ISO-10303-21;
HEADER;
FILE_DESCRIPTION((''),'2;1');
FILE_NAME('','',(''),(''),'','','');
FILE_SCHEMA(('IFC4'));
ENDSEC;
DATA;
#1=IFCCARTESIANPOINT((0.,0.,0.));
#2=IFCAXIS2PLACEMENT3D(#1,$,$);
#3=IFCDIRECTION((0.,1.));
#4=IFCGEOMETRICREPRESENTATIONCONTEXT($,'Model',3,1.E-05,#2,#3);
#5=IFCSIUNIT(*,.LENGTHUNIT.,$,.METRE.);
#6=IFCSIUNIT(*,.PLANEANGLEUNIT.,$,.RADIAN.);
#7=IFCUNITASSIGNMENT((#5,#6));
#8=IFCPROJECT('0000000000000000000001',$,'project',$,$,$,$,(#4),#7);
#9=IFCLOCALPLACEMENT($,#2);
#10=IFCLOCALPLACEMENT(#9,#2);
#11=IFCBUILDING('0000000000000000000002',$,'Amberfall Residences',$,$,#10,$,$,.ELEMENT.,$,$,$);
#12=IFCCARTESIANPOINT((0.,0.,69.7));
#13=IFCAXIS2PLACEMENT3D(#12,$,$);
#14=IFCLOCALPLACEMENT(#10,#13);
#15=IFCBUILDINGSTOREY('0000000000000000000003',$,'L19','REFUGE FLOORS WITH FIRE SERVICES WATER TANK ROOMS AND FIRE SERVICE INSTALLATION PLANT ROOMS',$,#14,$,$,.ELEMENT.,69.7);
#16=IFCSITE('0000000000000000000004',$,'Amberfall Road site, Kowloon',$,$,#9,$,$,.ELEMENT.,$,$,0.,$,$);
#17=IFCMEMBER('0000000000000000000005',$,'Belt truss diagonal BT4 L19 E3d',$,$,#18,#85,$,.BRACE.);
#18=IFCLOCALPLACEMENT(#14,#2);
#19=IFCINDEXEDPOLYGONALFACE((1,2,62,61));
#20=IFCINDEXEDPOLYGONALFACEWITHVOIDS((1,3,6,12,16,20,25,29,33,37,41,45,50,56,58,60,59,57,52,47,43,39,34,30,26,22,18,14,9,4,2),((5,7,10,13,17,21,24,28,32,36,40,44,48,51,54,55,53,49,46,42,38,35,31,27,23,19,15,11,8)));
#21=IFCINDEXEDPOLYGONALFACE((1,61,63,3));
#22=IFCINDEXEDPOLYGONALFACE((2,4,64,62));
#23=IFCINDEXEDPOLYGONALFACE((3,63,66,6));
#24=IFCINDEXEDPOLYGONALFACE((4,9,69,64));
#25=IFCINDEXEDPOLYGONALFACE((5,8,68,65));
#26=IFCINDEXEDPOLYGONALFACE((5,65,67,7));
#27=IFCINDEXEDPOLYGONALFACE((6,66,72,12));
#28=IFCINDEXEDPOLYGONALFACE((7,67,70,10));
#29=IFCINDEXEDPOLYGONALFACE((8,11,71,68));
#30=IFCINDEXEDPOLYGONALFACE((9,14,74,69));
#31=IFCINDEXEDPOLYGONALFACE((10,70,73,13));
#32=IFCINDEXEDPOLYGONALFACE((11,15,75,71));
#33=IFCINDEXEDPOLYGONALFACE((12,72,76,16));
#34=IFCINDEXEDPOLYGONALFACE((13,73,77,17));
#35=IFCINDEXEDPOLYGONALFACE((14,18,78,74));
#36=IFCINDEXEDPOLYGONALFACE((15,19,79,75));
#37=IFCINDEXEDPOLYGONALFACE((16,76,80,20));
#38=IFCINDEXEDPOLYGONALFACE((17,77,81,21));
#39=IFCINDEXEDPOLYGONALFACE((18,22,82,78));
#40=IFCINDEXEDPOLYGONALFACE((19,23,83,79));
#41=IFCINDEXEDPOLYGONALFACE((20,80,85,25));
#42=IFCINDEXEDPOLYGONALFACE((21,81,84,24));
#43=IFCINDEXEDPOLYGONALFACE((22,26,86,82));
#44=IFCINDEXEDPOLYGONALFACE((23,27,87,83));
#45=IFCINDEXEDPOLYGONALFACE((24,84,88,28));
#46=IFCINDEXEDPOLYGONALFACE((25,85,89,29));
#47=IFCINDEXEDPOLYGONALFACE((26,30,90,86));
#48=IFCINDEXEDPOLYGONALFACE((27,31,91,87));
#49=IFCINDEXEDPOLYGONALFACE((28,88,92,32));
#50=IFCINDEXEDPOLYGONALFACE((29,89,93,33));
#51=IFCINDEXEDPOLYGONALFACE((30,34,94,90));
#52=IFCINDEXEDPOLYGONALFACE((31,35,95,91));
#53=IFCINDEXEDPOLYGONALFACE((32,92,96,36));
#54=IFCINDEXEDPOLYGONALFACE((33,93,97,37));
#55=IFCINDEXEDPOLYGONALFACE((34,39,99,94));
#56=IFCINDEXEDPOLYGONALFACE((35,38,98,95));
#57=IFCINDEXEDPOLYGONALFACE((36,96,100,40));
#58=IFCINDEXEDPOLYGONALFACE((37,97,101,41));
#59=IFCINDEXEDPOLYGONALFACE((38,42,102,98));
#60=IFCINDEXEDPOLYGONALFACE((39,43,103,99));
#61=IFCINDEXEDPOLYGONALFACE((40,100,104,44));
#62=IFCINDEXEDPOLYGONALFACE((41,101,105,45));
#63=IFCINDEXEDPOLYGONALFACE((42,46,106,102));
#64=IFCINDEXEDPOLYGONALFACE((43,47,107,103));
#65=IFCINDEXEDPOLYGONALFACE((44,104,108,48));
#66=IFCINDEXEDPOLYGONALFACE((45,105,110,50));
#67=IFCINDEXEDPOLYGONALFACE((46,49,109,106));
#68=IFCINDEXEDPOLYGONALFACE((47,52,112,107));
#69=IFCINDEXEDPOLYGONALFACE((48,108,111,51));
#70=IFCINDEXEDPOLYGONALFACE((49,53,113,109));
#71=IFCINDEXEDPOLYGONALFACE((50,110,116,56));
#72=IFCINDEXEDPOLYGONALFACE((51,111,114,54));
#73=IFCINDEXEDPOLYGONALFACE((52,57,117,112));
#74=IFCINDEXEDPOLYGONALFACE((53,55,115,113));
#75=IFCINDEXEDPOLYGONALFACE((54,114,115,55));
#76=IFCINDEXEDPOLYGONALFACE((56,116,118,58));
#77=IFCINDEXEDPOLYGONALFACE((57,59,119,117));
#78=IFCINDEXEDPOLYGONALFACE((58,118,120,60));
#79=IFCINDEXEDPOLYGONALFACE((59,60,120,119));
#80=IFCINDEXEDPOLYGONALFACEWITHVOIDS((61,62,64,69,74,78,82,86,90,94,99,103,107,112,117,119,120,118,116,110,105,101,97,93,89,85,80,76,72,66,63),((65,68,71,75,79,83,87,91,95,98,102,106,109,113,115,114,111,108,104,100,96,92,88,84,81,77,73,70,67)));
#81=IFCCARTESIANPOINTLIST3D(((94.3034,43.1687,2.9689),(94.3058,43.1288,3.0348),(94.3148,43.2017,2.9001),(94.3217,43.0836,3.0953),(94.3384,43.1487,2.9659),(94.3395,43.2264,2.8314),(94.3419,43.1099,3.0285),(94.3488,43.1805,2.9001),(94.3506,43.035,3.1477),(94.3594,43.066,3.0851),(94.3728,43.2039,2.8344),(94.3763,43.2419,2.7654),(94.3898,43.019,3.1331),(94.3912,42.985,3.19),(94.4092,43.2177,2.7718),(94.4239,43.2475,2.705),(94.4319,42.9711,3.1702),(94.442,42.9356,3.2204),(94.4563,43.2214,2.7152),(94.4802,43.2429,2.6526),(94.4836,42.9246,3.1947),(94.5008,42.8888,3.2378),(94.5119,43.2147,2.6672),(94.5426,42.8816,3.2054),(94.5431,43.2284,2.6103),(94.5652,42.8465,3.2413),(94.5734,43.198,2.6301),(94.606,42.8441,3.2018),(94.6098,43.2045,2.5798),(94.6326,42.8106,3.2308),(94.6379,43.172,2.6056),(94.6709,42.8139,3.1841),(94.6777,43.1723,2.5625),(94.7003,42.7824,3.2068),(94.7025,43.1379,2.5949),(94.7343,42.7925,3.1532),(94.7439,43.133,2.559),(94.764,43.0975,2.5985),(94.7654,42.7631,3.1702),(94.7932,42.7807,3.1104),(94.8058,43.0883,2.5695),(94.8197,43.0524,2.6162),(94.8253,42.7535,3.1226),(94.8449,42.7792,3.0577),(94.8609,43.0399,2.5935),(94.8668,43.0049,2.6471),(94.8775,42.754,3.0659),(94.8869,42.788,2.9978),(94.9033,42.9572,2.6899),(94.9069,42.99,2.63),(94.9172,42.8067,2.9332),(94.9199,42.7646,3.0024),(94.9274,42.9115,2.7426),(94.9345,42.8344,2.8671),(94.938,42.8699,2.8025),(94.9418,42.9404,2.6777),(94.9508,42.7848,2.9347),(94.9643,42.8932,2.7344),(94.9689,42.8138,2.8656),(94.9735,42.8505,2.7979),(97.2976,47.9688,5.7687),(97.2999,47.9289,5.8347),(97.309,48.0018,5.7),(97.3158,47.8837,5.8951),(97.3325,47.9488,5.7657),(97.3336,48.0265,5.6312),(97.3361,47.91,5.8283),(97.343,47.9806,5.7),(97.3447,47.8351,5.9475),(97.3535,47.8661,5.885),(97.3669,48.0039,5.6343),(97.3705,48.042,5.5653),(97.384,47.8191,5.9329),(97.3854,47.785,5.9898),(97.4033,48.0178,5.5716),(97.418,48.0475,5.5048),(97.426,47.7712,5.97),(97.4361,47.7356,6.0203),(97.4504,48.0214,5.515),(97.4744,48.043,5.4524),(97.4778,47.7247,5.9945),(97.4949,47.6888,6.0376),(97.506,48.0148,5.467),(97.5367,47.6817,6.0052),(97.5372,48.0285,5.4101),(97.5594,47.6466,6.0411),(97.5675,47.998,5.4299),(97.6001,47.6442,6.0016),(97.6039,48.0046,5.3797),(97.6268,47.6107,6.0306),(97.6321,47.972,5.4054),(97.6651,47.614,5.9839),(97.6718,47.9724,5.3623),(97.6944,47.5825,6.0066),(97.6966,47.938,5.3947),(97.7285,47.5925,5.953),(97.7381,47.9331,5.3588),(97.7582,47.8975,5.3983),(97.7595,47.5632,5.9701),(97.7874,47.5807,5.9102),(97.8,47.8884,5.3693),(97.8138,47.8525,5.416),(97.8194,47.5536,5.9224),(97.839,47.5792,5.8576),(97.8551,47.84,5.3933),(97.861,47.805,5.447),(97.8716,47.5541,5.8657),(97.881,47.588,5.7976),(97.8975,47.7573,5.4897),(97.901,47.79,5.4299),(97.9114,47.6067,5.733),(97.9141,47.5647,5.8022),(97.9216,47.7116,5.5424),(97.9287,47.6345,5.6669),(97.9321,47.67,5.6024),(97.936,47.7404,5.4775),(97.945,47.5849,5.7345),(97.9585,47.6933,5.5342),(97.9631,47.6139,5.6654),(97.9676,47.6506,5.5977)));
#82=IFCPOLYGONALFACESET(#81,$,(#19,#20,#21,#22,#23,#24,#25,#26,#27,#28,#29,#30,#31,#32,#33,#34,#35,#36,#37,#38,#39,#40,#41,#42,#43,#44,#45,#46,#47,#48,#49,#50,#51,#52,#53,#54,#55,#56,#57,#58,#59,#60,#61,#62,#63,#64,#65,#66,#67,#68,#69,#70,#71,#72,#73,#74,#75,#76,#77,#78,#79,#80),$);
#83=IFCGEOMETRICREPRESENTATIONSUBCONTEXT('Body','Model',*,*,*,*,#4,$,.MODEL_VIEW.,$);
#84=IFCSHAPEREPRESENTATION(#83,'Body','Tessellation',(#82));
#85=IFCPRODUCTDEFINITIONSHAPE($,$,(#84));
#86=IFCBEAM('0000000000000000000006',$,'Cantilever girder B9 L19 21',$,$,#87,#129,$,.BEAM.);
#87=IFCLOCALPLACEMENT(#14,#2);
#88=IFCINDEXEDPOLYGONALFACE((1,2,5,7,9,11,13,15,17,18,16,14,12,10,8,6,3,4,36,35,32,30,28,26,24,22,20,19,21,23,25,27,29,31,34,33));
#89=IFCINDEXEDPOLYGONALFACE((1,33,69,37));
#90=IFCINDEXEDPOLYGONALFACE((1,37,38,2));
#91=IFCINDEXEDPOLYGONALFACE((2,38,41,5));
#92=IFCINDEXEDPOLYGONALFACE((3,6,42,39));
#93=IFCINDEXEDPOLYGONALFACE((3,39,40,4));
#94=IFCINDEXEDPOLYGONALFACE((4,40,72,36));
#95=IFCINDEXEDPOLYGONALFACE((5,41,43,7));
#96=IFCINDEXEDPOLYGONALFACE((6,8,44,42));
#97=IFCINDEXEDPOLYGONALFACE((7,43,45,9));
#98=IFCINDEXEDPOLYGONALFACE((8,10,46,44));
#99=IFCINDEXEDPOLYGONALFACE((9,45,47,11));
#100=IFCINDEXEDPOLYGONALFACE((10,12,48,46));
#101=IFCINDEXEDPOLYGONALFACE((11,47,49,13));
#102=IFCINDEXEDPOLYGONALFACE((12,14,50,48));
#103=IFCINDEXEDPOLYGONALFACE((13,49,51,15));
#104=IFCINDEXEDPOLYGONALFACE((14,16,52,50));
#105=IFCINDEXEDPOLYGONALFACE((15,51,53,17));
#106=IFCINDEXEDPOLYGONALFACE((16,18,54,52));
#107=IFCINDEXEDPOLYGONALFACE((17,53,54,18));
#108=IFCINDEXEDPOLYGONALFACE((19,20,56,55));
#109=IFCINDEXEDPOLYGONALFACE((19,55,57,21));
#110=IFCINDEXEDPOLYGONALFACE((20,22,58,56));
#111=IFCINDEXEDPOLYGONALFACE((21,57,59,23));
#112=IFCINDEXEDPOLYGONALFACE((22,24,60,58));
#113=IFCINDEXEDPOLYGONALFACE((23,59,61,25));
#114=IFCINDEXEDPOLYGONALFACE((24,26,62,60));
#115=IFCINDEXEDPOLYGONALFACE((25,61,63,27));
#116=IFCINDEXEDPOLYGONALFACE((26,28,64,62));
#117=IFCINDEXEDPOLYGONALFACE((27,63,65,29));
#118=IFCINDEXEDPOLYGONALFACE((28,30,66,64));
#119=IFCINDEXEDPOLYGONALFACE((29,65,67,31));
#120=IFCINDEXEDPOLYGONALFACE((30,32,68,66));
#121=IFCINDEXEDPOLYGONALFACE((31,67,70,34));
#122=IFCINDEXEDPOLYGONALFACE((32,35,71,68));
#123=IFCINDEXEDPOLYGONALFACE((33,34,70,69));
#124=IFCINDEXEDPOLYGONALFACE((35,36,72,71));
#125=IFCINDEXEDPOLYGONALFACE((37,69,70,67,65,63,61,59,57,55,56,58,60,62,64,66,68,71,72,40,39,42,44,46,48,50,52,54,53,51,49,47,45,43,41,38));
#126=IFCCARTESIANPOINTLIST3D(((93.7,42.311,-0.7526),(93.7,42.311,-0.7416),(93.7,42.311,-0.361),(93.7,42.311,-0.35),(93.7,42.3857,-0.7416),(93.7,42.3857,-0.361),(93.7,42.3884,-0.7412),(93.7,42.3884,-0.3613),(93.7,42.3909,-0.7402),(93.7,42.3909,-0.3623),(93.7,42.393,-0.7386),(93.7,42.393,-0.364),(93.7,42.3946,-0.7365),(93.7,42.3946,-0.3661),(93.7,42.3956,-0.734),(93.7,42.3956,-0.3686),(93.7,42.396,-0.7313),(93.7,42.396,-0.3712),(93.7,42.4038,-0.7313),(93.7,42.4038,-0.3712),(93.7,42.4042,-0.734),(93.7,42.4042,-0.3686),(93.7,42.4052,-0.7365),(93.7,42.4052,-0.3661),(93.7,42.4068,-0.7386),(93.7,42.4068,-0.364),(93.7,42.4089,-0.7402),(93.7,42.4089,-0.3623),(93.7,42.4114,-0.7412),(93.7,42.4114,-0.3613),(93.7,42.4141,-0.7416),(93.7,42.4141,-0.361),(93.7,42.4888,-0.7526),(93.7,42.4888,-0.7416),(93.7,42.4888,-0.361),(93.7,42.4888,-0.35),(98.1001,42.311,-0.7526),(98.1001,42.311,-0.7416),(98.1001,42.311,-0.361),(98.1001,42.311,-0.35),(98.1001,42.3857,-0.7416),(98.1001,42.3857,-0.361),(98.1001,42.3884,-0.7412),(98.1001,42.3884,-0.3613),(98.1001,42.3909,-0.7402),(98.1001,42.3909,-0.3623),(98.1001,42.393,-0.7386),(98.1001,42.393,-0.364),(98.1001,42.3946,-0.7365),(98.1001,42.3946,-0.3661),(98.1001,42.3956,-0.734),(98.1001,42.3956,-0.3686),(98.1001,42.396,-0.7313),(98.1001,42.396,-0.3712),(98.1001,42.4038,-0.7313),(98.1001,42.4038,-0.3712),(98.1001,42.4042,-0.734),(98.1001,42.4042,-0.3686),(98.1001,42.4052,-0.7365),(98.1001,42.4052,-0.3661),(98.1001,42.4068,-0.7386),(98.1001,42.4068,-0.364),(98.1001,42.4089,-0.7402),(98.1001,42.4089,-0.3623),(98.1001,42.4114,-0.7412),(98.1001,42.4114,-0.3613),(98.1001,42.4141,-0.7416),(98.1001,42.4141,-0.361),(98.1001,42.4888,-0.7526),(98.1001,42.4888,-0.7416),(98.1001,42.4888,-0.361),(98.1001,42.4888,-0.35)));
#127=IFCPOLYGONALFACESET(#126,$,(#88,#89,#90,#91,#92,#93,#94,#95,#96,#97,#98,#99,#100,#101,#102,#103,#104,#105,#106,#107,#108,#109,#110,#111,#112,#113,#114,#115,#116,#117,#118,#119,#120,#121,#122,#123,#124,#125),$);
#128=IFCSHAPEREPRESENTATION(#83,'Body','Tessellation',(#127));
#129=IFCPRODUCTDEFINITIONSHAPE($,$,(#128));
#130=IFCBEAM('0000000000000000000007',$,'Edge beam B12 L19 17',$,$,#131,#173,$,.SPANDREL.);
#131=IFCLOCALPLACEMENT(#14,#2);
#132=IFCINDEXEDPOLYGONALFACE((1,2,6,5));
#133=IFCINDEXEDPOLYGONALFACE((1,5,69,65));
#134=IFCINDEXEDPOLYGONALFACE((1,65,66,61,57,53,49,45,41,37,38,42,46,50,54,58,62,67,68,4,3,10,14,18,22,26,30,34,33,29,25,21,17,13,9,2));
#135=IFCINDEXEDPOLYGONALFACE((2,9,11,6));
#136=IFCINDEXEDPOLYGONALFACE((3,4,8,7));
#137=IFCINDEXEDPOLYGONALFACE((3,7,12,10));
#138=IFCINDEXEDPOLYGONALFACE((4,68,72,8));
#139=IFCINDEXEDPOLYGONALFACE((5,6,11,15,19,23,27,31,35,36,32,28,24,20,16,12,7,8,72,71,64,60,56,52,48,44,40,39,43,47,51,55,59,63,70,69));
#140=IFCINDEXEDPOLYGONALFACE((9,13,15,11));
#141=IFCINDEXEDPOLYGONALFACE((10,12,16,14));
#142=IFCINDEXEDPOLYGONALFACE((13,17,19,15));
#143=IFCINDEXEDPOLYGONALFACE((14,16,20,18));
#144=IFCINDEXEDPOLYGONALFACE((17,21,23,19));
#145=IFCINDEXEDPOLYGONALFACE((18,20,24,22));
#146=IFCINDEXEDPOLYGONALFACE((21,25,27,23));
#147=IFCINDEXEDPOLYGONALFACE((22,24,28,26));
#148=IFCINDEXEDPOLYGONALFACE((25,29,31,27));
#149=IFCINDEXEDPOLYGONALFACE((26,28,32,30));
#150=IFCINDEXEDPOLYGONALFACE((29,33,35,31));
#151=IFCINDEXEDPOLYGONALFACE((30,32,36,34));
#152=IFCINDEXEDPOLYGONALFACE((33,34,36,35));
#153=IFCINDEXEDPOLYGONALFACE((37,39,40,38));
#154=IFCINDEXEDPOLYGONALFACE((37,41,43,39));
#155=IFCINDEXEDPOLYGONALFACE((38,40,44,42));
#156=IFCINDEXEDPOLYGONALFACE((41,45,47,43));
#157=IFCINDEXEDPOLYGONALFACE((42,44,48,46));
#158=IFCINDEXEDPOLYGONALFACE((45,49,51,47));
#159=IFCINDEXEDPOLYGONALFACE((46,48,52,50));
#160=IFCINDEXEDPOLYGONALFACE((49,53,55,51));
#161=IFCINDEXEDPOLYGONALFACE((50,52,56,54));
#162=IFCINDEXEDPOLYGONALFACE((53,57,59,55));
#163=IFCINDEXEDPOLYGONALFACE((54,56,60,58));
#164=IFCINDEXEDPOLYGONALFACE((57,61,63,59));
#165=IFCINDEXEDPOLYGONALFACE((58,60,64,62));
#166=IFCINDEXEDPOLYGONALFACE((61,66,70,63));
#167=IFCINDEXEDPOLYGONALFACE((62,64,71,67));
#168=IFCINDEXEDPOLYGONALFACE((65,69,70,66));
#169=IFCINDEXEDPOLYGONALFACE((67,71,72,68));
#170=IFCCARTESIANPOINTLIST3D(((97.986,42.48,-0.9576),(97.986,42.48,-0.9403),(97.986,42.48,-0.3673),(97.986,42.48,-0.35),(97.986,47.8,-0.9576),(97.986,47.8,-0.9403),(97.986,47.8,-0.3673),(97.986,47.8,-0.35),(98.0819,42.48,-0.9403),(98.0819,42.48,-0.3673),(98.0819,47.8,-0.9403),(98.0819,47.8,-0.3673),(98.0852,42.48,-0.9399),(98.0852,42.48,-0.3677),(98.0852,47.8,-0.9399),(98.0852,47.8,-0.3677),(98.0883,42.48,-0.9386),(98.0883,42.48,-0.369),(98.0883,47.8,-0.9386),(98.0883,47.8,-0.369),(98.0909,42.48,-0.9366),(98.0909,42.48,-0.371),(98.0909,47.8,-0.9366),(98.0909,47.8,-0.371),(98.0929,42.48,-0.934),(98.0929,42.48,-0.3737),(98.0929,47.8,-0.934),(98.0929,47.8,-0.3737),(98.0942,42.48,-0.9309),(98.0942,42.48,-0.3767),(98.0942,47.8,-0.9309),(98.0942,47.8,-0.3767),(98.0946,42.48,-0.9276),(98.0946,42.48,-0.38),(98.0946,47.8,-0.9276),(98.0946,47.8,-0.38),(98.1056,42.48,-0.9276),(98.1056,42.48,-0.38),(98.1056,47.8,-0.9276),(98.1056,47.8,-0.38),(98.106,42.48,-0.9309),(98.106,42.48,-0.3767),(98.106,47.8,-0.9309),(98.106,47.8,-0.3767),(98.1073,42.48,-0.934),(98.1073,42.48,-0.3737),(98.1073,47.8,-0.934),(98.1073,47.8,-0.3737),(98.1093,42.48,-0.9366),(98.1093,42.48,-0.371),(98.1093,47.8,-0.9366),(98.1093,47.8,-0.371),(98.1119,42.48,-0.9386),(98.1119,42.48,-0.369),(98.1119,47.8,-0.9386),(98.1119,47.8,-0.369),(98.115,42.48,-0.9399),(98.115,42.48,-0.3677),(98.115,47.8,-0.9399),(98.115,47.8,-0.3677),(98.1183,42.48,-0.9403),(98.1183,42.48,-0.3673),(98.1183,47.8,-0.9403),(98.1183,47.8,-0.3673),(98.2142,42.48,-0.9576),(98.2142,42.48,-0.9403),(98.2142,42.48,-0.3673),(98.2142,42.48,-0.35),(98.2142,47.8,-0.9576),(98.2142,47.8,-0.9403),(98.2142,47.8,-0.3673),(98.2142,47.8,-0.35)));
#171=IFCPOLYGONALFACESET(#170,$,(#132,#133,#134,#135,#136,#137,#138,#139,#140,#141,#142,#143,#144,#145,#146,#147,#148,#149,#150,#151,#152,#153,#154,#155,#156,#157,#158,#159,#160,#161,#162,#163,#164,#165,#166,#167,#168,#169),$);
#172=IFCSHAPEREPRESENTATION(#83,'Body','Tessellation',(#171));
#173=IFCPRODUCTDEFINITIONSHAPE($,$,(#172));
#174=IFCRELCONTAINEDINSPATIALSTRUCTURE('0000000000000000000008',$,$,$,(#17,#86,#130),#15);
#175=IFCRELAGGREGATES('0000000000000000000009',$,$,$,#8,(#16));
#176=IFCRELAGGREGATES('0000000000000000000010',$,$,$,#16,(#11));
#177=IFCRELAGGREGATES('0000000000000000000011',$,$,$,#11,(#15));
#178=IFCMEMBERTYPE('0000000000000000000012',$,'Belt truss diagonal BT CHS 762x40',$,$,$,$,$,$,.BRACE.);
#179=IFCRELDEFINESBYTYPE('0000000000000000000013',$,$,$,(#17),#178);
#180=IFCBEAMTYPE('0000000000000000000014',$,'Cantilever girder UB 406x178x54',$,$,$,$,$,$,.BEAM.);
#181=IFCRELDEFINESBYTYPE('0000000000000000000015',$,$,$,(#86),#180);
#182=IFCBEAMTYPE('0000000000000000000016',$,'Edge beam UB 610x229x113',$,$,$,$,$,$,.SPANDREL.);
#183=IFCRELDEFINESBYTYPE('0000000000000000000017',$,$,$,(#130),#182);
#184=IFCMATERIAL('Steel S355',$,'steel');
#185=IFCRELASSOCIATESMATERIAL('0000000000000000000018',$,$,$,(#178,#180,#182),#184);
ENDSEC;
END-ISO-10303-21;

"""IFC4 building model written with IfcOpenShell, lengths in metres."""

from ifc_helpers import new_model, si_unit, direction, frame, origin, origin_2d, place, context, subcontext, project, spatial, hollow_circle, i_section, extrude, material, material_profile, profile_set, type_object, element, save


model = new_model("IFC4")

# Units and contexts
model_context = context("Model", 3, precision=1e-05, world=origin(), true_north=direction((0.0, 1.0)))
body_context = subcontext(model_context, "Body", "Model", "MODEL_VIEW")
ifc_project = project(units=[si_unit("LENGTHUNIT", "METRE"), si_unit("PLANEANGLEUNIT", "RADIAN")], contexts=[model_context])

# Site, building, storey
site_placement = place(None, origin())
site = spatial("IfcSite", under=ifc_project, at=site_placement, Name="Amberfall Road site, Kowloon", CompositionType="ELEMENT", RefElevation=0.0)
building_placement = place(site_placement, origin())
building = spatial("IfcBuilding", under=site, at=building_placement, Name="Amberfall Residences", CompositionType="ELEMENT")
storey_placement = place(building_placement, frame((0.0, 0.0, 69.7)))
storey = spatial("IfcBuildingStorey", under=building, at=storey_placement, Name="L19", Description="REFUGE FLOORS WITH FIRE SERVICES WATER TANK ROOMS AND FIRE SERVICE INSTALLATION PLANT ROOMS", CompositionType="ELEMENT", Elevation=69.7)

# Shared definitions
ifc_material_1 = material(Name="Steel S355", Category="steel")

# Member
ifc_material_profile_1 = material_profile(ifc_material_1, hollow_circle(Radius=0.3811, WallThickness=0.04, at=origin_2d()), Name="CHS 762x40")
ifc_profile_set_1 = profile_set([ifc_material_profile_1], Name="Steel S355")
member_type_1 = type_object("IfcMemberType", Name="Belt truss diagonal BT CHS 762x40", PredefinedType="BRACE", material=ifc_profile_set_1)
member_1_placement = place(storey_placement, frame((94.6382, 43.0, 2.9001), z_axis=(0.47434, 0.760436, 0.443552), x_axis=(-0.848466, 0.52925, 0.0)))
element("IfcMember", 1, at=member_1_placement, inside=storey, type_object=member_type_1, Name="Belt truss diagonal BT4 L19 E3d", PredefinedType="BRACE", context=body_context, shape_type="SweptSolid", body=[
    extrude(hollow_circle(Radius=0.3811, WallThickness=0.04, at=origin_2d()), origin(), (0.0, 0.0, 1.0), 6.3123),
])

# Beams
ifc_material_profile_2 = material_profile(ifc_material_1, i_section(OverallWidth=0.1777, OverallDepth=0.4026, WebThickness=0.0078, FlangeThickness=0.011, FilletRadius=0.0103, at=origin_2d()), Name="UB 406x178x54")
ifc_profile_set_2 = profile_set([ifc_material_profile_2], Name="Steel S355")
beam_type_1 = type_object("IfcBeamType", Name="Cantilever girder UB 406x178x54", PredefinedType="BEAM", material=ifc_profile_set_2)
beam_1_placement = place(storey_placement, frame((93.7, 42.3999, -0.5513), z_axis=(1.0, 0.0, 0.0), x_axis=(0.0, 1.0, 0.0)))
element("IfcBeam", 2, at=beam_1_placement, inside=storey, type_object=beam_type_1, Name="Cantilever girder B9 L19 21", PredefinedType="BEAM", context=body_context, shape_type="SweptSolid", body=[
    extrude(i_section(OverallWidth=0.1777, OverallDepth=0.4026, WebThickness=0.0078, FlangeThickness=0.011, FilletRadius=0.0103, at=origin_2d()), origin(), (0.0, 0.0, 1.0), 4.4001),
])
ifc_material_profile_3 = material_profile(ifc_material_1, i_section(OverallWidth=0.2283, OverallDepth=0.6077, WebThickness=0.011, FlangeThickness=0.0173, FilletRadius=0.0127, at=origin_2d()), Name="UB 610x229x113")
ifc_profile_set_3 = profile_set([ifc_material_profile_3], Name="Steel S355")
beam_type_2 = type_object("IfcBeamType", Name="Edge beam UB 610x229x113", PredefinedType="SPANDREL", material=ifc_profile_set_3)
beam_2_placement = place(storey_placement, frame((98.1001, 42.48, -0.6538), z_axis=(0.0, 1.0, 0.0), x_axis=(-1.0, 0.0, 0.0)))
element("IfcBeam", 3, at=beam_2_placement, inside=storey, type_object=beam_type_2, Name="Edge beam B12 L19 17", PredefinedType="SPANDREL", context=body_context, shape_type="SweptSolid", body=[
    extrude(i_section(OverallWidth=0.2283, OverallDepth=0.6077, WebThickness=0.011, FlangeThickness=0.0173, FilletRadius=0.0127, at=origin_2d()), origin(), (0.0, 0.0, 1.0), 5.3201),
])

save(model, "model.ifc")
